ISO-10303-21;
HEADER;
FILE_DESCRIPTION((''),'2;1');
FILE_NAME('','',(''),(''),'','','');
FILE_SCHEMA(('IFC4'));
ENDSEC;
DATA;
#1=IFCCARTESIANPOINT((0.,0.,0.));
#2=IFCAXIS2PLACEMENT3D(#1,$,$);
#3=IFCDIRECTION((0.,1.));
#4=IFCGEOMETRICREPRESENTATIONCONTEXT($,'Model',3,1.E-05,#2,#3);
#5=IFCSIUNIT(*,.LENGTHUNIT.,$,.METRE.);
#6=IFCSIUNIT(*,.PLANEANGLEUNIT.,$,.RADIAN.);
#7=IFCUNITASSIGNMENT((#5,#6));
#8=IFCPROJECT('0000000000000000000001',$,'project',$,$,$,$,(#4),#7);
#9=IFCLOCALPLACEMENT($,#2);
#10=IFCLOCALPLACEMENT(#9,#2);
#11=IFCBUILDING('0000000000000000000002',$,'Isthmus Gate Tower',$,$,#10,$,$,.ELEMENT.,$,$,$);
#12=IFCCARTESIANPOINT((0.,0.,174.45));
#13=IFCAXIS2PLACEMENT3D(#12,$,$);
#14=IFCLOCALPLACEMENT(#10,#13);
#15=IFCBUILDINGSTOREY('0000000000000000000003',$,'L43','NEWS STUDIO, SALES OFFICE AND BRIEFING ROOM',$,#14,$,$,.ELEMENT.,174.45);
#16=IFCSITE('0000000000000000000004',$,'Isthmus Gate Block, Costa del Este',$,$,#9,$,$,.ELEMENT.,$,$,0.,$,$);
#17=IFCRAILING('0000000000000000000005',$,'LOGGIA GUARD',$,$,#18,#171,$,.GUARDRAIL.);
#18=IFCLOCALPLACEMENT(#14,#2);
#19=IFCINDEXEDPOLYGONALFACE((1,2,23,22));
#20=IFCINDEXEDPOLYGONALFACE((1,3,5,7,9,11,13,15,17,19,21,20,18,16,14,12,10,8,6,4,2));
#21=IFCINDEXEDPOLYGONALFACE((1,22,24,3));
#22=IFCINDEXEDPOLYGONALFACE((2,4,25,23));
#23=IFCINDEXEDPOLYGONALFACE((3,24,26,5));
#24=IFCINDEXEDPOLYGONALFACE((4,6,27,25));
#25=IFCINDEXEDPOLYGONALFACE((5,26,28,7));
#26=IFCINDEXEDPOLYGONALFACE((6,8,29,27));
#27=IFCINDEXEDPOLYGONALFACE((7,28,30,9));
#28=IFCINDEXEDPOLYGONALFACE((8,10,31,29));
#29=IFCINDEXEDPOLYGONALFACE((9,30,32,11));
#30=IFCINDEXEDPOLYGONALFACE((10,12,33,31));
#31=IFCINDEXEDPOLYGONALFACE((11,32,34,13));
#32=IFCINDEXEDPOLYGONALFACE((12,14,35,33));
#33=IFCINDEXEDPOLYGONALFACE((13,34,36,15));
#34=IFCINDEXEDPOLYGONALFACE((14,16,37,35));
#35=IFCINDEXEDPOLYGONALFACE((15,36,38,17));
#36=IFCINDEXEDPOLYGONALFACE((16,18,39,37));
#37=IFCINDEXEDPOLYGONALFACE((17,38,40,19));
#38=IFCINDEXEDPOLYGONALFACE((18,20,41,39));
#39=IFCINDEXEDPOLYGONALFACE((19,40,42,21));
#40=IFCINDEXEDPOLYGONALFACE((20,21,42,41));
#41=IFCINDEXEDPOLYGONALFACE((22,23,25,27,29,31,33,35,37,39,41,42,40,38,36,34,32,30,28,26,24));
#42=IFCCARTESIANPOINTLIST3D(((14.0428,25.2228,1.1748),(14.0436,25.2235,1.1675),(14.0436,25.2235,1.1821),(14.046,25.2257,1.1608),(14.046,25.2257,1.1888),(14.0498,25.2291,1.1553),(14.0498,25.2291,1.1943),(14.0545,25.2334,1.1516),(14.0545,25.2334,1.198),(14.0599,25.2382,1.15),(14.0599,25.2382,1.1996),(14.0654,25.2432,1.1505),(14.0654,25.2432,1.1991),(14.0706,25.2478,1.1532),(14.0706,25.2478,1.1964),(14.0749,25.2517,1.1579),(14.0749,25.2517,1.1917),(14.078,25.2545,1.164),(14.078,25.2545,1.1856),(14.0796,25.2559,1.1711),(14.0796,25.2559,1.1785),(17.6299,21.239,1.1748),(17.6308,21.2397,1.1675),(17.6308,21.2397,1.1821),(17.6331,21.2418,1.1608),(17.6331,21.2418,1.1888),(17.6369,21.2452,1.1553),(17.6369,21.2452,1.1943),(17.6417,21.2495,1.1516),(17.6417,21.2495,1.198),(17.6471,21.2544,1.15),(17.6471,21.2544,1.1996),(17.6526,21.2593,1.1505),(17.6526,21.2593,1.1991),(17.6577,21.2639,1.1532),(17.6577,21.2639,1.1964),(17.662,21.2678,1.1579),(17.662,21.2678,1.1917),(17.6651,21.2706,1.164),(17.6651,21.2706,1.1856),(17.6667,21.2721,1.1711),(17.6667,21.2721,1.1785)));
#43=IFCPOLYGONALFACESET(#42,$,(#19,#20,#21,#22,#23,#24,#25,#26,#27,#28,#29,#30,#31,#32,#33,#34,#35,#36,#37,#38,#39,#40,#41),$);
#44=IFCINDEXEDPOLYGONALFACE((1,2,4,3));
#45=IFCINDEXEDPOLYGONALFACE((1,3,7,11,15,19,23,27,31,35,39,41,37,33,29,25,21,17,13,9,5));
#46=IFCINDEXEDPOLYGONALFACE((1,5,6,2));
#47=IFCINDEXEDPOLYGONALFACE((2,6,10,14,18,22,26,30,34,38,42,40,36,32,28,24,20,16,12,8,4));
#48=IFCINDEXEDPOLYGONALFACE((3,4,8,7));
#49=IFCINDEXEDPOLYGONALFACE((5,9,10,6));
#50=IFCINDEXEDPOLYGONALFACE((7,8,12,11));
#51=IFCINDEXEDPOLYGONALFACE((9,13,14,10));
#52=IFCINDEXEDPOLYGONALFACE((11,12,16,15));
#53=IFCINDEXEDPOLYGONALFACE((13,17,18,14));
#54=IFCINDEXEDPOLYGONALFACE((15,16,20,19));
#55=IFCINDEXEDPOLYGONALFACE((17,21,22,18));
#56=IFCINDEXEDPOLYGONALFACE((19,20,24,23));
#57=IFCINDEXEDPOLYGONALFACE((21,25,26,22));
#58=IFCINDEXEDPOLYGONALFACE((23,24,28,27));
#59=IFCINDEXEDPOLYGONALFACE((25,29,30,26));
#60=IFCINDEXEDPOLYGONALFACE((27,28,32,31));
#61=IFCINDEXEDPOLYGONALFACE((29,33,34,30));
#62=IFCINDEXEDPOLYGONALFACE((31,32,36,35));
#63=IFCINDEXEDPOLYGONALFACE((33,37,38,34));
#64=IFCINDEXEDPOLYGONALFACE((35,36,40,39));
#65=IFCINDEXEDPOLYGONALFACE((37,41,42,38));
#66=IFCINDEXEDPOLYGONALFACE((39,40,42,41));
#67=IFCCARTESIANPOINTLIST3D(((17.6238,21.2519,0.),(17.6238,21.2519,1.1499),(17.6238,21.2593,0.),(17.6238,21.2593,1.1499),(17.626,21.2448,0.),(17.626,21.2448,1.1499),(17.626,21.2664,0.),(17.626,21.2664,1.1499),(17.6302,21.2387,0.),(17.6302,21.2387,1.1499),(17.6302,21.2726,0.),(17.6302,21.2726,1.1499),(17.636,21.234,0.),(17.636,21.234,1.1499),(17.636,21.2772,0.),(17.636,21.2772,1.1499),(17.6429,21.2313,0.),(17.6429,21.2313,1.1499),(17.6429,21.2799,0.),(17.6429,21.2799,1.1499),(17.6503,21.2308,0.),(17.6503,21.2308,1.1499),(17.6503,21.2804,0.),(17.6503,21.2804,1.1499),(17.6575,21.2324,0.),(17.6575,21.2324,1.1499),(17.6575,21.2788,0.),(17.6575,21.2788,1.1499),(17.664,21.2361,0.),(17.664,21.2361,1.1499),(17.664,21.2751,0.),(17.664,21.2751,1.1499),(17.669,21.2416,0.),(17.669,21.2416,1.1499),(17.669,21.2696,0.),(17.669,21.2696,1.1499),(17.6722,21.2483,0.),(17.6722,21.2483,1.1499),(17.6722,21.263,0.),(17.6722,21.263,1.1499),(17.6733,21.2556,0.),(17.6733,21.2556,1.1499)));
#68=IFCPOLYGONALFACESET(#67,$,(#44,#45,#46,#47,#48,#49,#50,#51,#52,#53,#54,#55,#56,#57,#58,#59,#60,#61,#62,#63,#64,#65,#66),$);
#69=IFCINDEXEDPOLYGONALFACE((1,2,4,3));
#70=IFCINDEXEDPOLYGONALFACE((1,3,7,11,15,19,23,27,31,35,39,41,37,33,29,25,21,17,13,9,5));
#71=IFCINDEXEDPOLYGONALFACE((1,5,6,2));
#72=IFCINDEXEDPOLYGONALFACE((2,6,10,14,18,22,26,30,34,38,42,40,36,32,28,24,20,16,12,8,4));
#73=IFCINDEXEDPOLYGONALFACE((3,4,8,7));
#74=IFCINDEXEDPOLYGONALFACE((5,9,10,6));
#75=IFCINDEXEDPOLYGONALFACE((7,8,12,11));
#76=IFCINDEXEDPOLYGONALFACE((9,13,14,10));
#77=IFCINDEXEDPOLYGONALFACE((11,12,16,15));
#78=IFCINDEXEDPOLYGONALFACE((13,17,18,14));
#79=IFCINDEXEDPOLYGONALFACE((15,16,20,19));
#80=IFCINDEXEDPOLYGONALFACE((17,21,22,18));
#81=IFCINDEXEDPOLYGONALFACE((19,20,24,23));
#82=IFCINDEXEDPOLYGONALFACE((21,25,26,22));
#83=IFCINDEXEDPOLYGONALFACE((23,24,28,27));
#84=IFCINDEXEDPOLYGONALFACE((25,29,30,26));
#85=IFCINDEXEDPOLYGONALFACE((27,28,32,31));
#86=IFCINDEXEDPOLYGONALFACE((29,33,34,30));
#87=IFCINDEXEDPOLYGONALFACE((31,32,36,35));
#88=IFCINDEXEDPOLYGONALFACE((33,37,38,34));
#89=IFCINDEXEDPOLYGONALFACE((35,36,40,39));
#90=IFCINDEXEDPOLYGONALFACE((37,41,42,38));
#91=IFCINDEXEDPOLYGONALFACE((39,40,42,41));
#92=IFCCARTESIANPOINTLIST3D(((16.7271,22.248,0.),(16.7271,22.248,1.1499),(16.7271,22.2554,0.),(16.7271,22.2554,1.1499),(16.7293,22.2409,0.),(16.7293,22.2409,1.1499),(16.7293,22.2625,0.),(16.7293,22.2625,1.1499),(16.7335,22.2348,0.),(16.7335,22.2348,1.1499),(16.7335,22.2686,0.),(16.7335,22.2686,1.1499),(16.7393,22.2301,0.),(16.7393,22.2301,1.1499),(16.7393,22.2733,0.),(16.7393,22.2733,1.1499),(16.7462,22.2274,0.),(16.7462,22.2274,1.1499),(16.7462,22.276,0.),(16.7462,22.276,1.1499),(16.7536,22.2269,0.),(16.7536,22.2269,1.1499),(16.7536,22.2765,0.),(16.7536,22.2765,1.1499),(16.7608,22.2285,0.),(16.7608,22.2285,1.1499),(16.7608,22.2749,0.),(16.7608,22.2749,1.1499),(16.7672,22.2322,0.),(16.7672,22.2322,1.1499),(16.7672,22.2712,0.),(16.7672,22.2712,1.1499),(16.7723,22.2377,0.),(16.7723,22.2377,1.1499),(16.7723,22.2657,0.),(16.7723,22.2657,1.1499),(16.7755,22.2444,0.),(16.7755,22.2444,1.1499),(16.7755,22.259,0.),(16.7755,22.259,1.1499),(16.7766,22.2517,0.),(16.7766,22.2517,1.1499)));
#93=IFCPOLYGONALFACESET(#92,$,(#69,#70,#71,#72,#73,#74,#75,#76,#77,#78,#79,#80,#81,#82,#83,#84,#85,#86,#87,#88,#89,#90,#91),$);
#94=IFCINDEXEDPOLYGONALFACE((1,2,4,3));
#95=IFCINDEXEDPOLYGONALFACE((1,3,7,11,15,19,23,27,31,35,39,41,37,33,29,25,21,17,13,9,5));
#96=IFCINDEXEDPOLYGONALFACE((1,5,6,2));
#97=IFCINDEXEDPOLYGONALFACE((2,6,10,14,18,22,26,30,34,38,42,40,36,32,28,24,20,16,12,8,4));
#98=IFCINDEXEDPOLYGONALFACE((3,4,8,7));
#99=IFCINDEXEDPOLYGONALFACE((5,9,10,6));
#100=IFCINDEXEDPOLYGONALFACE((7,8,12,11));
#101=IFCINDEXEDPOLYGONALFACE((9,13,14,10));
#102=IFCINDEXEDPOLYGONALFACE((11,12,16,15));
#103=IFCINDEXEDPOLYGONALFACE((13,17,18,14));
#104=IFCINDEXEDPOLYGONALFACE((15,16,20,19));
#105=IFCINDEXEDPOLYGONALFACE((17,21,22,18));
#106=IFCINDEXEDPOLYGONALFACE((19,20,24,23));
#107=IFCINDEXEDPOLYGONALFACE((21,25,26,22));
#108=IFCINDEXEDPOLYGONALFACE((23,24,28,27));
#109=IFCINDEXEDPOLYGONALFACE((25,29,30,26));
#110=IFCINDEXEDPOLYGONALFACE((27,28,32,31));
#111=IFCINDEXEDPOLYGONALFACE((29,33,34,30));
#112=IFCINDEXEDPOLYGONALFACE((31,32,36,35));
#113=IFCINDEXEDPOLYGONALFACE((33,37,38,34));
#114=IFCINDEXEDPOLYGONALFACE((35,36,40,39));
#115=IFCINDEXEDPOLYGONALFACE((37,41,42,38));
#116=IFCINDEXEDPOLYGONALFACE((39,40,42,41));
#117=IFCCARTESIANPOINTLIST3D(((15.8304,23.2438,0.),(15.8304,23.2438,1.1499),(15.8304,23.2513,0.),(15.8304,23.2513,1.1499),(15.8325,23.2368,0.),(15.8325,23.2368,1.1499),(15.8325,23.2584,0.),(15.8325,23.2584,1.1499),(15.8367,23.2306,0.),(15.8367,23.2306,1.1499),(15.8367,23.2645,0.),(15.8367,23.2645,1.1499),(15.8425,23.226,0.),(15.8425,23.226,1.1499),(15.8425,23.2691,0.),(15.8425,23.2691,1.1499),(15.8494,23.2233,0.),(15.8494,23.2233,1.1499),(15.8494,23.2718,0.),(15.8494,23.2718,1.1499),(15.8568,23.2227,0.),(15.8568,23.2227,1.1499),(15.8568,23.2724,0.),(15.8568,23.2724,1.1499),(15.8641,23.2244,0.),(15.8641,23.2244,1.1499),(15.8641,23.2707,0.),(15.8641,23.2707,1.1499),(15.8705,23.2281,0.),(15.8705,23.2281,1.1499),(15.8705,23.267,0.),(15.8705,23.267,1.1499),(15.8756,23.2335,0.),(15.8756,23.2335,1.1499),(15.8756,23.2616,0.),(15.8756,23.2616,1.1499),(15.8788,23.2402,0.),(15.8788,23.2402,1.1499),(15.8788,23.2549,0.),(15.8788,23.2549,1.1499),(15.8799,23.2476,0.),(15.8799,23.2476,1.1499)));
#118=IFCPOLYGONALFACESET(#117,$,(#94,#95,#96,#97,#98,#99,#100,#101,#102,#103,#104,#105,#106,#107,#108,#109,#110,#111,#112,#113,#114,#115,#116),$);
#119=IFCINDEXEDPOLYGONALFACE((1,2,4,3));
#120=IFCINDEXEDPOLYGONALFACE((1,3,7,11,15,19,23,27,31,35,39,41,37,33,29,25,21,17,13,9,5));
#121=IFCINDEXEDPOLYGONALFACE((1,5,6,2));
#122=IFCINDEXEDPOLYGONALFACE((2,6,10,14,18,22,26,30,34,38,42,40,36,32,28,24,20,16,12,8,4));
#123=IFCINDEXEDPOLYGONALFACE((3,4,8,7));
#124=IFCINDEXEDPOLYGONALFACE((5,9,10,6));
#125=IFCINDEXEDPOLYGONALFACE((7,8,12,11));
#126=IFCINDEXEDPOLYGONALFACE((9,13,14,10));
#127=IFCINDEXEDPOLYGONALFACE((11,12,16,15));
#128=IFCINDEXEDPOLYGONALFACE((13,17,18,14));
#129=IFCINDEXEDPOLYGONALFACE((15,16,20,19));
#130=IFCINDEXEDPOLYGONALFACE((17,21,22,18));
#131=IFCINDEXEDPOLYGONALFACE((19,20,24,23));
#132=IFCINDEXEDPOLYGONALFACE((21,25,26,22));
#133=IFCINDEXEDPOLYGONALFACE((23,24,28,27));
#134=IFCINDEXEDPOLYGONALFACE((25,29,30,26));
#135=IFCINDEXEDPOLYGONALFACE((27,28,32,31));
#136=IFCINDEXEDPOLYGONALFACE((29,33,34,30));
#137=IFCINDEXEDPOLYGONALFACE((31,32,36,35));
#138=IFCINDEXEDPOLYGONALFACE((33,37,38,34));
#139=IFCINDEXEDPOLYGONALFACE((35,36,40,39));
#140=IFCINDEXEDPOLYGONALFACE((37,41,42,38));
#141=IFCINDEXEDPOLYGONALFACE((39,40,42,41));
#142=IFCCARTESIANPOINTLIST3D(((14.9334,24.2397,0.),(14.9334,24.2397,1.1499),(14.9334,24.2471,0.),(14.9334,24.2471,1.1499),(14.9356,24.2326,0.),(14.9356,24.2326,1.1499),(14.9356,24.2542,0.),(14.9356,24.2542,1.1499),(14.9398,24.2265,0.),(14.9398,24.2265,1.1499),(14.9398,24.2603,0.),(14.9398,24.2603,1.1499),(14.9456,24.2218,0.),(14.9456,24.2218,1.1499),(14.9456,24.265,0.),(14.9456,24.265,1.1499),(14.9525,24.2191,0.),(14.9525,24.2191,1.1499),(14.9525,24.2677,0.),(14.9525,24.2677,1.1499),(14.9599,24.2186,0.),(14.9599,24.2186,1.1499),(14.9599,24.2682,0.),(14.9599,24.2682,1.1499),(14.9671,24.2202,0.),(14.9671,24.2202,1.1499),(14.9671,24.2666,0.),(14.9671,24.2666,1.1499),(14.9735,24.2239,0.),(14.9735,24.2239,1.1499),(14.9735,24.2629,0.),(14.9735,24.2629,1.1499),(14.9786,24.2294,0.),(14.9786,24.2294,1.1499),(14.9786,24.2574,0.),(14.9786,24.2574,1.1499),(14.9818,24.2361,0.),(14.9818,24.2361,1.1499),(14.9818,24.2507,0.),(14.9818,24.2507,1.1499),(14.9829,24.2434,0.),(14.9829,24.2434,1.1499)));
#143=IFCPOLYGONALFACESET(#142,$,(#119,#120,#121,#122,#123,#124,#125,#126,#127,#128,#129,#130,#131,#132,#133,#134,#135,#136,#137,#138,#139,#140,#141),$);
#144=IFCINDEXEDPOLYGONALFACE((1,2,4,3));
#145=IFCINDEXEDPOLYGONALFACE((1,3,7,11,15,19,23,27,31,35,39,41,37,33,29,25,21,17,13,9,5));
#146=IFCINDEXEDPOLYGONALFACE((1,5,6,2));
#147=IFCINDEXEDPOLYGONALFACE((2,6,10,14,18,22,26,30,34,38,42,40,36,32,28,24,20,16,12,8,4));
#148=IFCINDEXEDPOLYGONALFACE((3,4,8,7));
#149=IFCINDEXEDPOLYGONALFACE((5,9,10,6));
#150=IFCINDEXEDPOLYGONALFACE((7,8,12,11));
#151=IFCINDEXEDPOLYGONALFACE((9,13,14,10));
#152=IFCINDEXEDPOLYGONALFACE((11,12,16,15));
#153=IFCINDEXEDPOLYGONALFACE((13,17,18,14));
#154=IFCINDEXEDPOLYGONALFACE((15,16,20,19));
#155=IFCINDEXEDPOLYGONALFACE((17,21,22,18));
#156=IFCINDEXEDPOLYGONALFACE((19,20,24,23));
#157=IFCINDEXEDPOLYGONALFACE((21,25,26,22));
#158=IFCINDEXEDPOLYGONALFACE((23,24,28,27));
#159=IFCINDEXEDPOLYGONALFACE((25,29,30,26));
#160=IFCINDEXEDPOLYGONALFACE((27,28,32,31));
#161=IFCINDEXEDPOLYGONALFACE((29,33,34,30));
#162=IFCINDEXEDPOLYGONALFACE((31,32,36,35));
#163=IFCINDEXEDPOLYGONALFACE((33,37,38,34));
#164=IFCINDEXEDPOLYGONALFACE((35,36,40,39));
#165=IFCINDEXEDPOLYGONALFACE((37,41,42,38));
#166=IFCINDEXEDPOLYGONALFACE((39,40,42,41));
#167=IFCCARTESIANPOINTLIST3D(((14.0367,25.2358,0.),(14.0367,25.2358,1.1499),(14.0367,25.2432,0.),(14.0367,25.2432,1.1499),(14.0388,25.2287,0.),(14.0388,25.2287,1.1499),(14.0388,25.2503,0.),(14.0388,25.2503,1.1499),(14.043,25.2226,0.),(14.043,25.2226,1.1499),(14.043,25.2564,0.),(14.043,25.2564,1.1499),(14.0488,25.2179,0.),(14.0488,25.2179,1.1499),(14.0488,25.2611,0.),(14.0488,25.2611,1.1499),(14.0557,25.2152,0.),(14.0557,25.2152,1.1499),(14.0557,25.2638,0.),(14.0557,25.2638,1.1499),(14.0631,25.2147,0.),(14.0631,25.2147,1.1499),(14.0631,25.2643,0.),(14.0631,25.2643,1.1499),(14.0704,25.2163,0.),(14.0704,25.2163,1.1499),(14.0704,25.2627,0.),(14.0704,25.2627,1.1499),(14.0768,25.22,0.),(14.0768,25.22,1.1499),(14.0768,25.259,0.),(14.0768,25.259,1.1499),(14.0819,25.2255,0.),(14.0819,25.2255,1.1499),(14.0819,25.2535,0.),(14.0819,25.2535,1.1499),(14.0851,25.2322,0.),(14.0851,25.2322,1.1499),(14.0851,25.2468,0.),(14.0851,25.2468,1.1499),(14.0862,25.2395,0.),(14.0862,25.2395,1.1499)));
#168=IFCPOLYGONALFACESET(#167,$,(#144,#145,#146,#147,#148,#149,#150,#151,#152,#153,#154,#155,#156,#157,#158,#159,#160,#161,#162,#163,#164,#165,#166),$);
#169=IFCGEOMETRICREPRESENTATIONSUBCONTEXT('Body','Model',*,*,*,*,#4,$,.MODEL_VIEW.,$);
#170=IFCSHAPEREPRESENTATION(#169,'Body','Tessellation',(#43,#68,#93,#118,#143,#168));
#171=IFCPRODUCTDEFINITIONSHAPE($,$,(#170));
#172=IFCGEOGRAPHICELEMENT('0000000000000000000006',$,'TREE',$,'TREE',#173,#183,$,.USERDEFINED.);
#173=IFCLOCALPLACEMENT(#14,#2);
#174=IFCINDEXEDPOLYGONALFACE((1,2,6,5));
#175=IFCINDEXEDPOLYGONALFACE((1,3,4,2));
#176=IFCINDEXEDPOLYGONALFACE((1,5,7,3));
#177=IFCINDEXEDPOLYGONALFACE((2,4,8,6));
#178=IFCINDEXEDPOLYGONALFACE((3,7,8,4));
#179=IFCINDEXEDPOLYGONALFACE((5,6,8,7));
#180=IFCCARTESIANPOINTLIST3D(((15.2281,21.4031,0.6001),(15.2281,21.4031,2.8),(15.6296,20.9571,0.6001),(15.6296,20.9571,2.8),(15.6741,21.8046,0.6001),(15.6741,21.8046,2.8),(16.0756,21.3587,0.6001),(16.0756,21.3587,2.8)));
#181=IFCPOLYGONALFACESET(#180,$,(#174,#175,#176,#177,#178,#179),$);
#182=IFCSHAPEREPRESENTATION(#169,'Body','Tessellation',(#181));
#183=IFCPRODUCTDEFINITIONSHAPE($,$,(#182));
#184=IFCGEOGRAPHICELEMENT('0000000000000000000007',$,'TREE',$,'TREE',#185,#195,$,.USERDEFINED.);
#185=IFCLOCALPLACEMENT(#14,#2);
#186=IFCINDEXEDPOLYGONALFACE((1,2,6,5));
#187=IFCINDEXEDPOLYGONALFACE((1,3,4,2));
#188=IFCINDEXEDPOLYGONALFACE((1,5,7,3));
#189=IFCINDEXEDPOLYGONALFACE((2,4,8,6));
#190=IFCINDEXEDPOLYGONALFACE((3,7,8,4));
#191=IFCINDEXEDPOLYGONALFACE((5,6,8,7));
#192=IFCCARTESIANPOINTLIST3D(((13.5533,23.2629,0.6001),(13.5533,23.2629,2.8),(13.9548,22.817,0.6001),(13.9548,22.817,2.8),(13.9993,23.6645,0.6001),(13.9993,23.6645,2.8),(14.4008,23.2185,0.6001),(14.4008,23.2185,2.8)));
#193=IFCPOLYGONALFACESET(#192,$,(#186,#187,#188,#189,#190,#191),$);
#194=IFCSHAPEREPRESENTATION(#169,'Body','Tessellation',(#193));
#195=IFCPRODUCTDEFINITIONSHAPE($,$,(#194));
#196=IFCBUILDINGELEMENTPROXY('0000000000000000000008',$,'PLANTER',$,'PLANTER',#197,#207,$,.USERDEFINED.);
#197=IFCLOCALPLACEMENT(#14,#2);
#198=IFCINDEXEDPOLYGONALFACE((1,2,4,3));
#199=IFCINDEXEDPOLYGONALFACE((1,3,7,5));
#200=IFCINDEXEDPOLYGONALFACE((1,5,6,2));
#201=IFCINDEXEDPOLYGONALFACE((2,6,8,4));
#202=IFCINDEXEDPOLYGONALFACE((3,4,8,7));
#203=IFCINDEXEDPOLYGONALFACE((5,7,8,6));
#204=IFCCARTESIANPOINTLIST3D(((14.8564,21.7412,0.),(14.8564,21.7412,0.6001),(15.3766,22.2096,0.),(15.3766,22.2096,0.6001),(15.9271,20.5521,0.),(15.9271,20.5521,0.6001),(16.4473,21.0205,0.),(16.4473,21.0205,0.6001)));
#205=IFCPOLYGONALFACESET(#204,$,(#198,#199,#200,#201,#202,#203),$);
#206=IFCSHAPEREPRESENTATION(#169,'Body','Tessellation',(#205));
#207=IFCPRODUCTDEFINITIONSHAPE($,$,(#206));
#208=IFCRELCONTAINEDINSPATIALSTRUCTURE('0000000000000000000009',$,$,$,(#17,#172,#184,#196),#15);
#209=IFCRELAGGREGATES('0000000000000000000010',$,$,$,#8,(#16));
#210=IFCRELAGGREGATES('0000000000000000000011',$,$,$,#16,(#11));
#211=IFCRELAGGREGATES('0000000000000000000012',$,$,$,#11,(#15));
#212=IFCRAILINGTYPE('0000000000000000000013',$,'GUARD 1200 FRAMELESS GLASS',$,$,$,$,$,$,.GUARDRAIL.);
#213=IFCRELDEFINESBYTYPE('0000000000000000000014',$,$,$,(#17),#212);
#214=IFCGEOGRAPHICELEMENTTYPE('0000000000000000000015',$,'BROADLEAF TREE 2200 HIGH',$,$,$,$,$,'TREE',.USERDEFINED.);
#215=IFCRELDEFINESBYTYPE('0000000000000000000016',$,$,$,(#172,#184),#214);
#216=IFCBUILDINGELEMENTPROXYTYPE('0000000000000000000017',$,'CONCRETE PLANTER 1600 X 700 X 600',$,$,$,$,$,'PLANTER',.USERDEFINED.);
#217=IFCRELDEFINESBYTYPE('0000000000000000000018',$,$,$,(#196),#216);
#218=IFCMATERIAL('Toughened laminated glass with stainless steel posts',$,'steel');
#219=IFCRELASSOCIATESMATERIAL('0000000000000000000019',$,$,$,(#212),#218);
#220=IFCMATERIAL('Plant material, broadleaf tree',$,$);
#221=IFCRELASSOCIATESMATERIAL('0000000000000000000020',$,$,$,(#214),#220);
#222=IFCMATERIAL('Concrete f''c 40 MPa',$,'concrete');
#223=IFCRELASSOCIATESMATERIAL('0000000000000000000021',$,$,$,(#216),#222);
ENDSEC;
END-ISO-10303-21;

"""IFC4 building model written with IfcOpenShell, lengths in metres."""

from ifc_helpers import new_model, si_unit, direction, frame, origin, origin_2d, place, context, subcontext, project, spatial, rectangle, circle, extrude, material, type_object, element, save


model = new_model("IFC4")

# Units and contexts
model_context = context("Model", 3, precision=1e-05, world=origin(), true_north=direction((0.0, 1.0)))
body_context = subcontext(model_context, "Body", "Model", "MODEL_VIEW")
ifc_project = project(units=[si_unit("LENGTHUNIT", "METRE"), si_unit("PLANEANGLEUNIT", "RADIAN")], contexts=[model_context])

# Site, building, storey
site_placement = place(None, origin())
site = spatial("IfcSite", under=ifc_project, at=site_placement, Name="Isthmus Gate Block, Costa del Este", CompositionType="ELEMENT", RefElevation=0.0)
building_placement = place(site_placement, origin())
building = spatial("IfcBuilding", under=site, at=building_placement, Name="Isthmus Gate Tower", CompositionType="ELEMENT")
storey_placement = place(building_placement, frame((0.0, 0.0, 174.45)))
storey = spatial("IfcBuildingStorey", under=building, at=storey_placement, Name="L43", Description="NEWS STUDIO, SALES OFFICE AND BRIEFING ROOM", CompositionType="ELEMENT", Elevation=174.45)

# Railing
ifc_material_1 = material(Name="Toughened laminated glass with stainless steel posts", Category="steel")
railing_type = type_object("IfcRailingType", Name="GUARD 1200 FRAMELESS GLASS", PredefinedType="GUARDRAIL", material=ifc_material_1)
railing_placement = place(storey_placement, frame((17.6484, 21.2556, 0.0)))
element("IfcRailing", 1, at=railing_placement, inside=storey, type_object=railing_type, Name="LOGGIA GUARD", PredefinedType="GUARDRAIL", context=body_context, shape_type="SweptSolid", body=[
    extrude(circle(Radius=0.0249, at=origin_2d()), frame((0.0, 0.0, 1.1748), z_axis=(-0.669136, 0.74314, 0.0), x_axis=(-0.74314, -0.669136, 0.0)), (0.0, 0.0, 1.0), 5.3608),
    extrude(circle(Radius=0.0249, at=origin_2d()), origin(), (0.0, 0.0, 1.0), 1.1499),
    extrude(circle(Radius=0.0249, at=origin_2d()), frame((-0.8967, 0.9961, 0.0)), (0.0, 0.0, 1.0), 1.1499),
    extrude(circle(Radius=0.0249, at=origin_2d()), frame((-1.7935, 1.9919, 0.0)), (0.0, 0.0, 1.0), 1.1499),
    extrude(circle(Radius=0.0249, at=origin_2d()), frame((-2.6904, 2.9878, 0.0)), (0.0, 0.0, 1.0), 1.1499),
    extrude(circle(Radius=0.0249, at=origin_2d()), frame((-3.5872, 3.9839, 0.0)), (0.0, 0.0, 1.0), 1.1499),
])

# Geographic elements
ifc_material_2 = material(Name="Plant material, broadleaf tree")
geographic_element_type = type_object("IfcGeographicElementType", Name="BROADLEAF TREE 2200 HIGH", ElementType="TREE", PredefinedType="USERDEFINED", material=ifc_material_2)
for number, where, z_axis, x_axis, name in (
    (2, (15.6519, 21.3809, 0.6001), (0.0, 0.0, 1.0), (-0.669131, 0.743145, 0.0), "TREE"),
    (3, (13.9771, 23.2407, 0.6001), (0.0, 0.0, 1.0), (-0.669131, 0.743145, 0.0), "TREE"),
):
    element("IfcGeographicElement", number, at=place(storey_placement, frame(where, z_axis=z_axis, x_axis=x_axis)), inside=storey, type_object=geographic_element_type, Name=name, ObjectType="TREE", PredefinedType="USERDEFINED", context=body_context, shape_type="SweptSolid", body=[
        extrude(rectangle(XDim=0.6001, YDim=0.6001, at=origin_2d()), origin(), (0.0, 0.0, 1.0), 2.2),
    ])

# Building element proxy
ifc_material_3 = material(Name="Concrete f'c 40 MPa", Category="concrete")
building_element_proxy_type = type_object("IfcBuildingElementProxyType", Name="CONCRETE PLANTER 1600 X 700 X 600", ElementType="PLANTER", PredefinedType="USERDEFINED", material=ifc_material_3)
for number, where, z_axis, x_axis, name in (
    (4, (15.6519, 21.3809, 0.0), (0.0, 0.0, 1.0), (-0.669131, 0.743145, 0.0), "PLANTER"),
):
    element("IfcBuildingElementProxy", number, at=place(storey_placement, frame(where, z_axis=z_axis, x_axis=x_axis)), inside=storey, type_object=building_element_proxy_type, Name=name, ObjectType="PLANTER", PredefinedType="USERDEFINED", context=body_context, shape_type="SweptSolid", body=[
        extrude(rectangle(XDim=1.6001, YDim=0.7, at=origin_2d()), origin(), (0.0, 0.0, 1.0), 0.6001),
    ])

save(model, "model.ifc")
